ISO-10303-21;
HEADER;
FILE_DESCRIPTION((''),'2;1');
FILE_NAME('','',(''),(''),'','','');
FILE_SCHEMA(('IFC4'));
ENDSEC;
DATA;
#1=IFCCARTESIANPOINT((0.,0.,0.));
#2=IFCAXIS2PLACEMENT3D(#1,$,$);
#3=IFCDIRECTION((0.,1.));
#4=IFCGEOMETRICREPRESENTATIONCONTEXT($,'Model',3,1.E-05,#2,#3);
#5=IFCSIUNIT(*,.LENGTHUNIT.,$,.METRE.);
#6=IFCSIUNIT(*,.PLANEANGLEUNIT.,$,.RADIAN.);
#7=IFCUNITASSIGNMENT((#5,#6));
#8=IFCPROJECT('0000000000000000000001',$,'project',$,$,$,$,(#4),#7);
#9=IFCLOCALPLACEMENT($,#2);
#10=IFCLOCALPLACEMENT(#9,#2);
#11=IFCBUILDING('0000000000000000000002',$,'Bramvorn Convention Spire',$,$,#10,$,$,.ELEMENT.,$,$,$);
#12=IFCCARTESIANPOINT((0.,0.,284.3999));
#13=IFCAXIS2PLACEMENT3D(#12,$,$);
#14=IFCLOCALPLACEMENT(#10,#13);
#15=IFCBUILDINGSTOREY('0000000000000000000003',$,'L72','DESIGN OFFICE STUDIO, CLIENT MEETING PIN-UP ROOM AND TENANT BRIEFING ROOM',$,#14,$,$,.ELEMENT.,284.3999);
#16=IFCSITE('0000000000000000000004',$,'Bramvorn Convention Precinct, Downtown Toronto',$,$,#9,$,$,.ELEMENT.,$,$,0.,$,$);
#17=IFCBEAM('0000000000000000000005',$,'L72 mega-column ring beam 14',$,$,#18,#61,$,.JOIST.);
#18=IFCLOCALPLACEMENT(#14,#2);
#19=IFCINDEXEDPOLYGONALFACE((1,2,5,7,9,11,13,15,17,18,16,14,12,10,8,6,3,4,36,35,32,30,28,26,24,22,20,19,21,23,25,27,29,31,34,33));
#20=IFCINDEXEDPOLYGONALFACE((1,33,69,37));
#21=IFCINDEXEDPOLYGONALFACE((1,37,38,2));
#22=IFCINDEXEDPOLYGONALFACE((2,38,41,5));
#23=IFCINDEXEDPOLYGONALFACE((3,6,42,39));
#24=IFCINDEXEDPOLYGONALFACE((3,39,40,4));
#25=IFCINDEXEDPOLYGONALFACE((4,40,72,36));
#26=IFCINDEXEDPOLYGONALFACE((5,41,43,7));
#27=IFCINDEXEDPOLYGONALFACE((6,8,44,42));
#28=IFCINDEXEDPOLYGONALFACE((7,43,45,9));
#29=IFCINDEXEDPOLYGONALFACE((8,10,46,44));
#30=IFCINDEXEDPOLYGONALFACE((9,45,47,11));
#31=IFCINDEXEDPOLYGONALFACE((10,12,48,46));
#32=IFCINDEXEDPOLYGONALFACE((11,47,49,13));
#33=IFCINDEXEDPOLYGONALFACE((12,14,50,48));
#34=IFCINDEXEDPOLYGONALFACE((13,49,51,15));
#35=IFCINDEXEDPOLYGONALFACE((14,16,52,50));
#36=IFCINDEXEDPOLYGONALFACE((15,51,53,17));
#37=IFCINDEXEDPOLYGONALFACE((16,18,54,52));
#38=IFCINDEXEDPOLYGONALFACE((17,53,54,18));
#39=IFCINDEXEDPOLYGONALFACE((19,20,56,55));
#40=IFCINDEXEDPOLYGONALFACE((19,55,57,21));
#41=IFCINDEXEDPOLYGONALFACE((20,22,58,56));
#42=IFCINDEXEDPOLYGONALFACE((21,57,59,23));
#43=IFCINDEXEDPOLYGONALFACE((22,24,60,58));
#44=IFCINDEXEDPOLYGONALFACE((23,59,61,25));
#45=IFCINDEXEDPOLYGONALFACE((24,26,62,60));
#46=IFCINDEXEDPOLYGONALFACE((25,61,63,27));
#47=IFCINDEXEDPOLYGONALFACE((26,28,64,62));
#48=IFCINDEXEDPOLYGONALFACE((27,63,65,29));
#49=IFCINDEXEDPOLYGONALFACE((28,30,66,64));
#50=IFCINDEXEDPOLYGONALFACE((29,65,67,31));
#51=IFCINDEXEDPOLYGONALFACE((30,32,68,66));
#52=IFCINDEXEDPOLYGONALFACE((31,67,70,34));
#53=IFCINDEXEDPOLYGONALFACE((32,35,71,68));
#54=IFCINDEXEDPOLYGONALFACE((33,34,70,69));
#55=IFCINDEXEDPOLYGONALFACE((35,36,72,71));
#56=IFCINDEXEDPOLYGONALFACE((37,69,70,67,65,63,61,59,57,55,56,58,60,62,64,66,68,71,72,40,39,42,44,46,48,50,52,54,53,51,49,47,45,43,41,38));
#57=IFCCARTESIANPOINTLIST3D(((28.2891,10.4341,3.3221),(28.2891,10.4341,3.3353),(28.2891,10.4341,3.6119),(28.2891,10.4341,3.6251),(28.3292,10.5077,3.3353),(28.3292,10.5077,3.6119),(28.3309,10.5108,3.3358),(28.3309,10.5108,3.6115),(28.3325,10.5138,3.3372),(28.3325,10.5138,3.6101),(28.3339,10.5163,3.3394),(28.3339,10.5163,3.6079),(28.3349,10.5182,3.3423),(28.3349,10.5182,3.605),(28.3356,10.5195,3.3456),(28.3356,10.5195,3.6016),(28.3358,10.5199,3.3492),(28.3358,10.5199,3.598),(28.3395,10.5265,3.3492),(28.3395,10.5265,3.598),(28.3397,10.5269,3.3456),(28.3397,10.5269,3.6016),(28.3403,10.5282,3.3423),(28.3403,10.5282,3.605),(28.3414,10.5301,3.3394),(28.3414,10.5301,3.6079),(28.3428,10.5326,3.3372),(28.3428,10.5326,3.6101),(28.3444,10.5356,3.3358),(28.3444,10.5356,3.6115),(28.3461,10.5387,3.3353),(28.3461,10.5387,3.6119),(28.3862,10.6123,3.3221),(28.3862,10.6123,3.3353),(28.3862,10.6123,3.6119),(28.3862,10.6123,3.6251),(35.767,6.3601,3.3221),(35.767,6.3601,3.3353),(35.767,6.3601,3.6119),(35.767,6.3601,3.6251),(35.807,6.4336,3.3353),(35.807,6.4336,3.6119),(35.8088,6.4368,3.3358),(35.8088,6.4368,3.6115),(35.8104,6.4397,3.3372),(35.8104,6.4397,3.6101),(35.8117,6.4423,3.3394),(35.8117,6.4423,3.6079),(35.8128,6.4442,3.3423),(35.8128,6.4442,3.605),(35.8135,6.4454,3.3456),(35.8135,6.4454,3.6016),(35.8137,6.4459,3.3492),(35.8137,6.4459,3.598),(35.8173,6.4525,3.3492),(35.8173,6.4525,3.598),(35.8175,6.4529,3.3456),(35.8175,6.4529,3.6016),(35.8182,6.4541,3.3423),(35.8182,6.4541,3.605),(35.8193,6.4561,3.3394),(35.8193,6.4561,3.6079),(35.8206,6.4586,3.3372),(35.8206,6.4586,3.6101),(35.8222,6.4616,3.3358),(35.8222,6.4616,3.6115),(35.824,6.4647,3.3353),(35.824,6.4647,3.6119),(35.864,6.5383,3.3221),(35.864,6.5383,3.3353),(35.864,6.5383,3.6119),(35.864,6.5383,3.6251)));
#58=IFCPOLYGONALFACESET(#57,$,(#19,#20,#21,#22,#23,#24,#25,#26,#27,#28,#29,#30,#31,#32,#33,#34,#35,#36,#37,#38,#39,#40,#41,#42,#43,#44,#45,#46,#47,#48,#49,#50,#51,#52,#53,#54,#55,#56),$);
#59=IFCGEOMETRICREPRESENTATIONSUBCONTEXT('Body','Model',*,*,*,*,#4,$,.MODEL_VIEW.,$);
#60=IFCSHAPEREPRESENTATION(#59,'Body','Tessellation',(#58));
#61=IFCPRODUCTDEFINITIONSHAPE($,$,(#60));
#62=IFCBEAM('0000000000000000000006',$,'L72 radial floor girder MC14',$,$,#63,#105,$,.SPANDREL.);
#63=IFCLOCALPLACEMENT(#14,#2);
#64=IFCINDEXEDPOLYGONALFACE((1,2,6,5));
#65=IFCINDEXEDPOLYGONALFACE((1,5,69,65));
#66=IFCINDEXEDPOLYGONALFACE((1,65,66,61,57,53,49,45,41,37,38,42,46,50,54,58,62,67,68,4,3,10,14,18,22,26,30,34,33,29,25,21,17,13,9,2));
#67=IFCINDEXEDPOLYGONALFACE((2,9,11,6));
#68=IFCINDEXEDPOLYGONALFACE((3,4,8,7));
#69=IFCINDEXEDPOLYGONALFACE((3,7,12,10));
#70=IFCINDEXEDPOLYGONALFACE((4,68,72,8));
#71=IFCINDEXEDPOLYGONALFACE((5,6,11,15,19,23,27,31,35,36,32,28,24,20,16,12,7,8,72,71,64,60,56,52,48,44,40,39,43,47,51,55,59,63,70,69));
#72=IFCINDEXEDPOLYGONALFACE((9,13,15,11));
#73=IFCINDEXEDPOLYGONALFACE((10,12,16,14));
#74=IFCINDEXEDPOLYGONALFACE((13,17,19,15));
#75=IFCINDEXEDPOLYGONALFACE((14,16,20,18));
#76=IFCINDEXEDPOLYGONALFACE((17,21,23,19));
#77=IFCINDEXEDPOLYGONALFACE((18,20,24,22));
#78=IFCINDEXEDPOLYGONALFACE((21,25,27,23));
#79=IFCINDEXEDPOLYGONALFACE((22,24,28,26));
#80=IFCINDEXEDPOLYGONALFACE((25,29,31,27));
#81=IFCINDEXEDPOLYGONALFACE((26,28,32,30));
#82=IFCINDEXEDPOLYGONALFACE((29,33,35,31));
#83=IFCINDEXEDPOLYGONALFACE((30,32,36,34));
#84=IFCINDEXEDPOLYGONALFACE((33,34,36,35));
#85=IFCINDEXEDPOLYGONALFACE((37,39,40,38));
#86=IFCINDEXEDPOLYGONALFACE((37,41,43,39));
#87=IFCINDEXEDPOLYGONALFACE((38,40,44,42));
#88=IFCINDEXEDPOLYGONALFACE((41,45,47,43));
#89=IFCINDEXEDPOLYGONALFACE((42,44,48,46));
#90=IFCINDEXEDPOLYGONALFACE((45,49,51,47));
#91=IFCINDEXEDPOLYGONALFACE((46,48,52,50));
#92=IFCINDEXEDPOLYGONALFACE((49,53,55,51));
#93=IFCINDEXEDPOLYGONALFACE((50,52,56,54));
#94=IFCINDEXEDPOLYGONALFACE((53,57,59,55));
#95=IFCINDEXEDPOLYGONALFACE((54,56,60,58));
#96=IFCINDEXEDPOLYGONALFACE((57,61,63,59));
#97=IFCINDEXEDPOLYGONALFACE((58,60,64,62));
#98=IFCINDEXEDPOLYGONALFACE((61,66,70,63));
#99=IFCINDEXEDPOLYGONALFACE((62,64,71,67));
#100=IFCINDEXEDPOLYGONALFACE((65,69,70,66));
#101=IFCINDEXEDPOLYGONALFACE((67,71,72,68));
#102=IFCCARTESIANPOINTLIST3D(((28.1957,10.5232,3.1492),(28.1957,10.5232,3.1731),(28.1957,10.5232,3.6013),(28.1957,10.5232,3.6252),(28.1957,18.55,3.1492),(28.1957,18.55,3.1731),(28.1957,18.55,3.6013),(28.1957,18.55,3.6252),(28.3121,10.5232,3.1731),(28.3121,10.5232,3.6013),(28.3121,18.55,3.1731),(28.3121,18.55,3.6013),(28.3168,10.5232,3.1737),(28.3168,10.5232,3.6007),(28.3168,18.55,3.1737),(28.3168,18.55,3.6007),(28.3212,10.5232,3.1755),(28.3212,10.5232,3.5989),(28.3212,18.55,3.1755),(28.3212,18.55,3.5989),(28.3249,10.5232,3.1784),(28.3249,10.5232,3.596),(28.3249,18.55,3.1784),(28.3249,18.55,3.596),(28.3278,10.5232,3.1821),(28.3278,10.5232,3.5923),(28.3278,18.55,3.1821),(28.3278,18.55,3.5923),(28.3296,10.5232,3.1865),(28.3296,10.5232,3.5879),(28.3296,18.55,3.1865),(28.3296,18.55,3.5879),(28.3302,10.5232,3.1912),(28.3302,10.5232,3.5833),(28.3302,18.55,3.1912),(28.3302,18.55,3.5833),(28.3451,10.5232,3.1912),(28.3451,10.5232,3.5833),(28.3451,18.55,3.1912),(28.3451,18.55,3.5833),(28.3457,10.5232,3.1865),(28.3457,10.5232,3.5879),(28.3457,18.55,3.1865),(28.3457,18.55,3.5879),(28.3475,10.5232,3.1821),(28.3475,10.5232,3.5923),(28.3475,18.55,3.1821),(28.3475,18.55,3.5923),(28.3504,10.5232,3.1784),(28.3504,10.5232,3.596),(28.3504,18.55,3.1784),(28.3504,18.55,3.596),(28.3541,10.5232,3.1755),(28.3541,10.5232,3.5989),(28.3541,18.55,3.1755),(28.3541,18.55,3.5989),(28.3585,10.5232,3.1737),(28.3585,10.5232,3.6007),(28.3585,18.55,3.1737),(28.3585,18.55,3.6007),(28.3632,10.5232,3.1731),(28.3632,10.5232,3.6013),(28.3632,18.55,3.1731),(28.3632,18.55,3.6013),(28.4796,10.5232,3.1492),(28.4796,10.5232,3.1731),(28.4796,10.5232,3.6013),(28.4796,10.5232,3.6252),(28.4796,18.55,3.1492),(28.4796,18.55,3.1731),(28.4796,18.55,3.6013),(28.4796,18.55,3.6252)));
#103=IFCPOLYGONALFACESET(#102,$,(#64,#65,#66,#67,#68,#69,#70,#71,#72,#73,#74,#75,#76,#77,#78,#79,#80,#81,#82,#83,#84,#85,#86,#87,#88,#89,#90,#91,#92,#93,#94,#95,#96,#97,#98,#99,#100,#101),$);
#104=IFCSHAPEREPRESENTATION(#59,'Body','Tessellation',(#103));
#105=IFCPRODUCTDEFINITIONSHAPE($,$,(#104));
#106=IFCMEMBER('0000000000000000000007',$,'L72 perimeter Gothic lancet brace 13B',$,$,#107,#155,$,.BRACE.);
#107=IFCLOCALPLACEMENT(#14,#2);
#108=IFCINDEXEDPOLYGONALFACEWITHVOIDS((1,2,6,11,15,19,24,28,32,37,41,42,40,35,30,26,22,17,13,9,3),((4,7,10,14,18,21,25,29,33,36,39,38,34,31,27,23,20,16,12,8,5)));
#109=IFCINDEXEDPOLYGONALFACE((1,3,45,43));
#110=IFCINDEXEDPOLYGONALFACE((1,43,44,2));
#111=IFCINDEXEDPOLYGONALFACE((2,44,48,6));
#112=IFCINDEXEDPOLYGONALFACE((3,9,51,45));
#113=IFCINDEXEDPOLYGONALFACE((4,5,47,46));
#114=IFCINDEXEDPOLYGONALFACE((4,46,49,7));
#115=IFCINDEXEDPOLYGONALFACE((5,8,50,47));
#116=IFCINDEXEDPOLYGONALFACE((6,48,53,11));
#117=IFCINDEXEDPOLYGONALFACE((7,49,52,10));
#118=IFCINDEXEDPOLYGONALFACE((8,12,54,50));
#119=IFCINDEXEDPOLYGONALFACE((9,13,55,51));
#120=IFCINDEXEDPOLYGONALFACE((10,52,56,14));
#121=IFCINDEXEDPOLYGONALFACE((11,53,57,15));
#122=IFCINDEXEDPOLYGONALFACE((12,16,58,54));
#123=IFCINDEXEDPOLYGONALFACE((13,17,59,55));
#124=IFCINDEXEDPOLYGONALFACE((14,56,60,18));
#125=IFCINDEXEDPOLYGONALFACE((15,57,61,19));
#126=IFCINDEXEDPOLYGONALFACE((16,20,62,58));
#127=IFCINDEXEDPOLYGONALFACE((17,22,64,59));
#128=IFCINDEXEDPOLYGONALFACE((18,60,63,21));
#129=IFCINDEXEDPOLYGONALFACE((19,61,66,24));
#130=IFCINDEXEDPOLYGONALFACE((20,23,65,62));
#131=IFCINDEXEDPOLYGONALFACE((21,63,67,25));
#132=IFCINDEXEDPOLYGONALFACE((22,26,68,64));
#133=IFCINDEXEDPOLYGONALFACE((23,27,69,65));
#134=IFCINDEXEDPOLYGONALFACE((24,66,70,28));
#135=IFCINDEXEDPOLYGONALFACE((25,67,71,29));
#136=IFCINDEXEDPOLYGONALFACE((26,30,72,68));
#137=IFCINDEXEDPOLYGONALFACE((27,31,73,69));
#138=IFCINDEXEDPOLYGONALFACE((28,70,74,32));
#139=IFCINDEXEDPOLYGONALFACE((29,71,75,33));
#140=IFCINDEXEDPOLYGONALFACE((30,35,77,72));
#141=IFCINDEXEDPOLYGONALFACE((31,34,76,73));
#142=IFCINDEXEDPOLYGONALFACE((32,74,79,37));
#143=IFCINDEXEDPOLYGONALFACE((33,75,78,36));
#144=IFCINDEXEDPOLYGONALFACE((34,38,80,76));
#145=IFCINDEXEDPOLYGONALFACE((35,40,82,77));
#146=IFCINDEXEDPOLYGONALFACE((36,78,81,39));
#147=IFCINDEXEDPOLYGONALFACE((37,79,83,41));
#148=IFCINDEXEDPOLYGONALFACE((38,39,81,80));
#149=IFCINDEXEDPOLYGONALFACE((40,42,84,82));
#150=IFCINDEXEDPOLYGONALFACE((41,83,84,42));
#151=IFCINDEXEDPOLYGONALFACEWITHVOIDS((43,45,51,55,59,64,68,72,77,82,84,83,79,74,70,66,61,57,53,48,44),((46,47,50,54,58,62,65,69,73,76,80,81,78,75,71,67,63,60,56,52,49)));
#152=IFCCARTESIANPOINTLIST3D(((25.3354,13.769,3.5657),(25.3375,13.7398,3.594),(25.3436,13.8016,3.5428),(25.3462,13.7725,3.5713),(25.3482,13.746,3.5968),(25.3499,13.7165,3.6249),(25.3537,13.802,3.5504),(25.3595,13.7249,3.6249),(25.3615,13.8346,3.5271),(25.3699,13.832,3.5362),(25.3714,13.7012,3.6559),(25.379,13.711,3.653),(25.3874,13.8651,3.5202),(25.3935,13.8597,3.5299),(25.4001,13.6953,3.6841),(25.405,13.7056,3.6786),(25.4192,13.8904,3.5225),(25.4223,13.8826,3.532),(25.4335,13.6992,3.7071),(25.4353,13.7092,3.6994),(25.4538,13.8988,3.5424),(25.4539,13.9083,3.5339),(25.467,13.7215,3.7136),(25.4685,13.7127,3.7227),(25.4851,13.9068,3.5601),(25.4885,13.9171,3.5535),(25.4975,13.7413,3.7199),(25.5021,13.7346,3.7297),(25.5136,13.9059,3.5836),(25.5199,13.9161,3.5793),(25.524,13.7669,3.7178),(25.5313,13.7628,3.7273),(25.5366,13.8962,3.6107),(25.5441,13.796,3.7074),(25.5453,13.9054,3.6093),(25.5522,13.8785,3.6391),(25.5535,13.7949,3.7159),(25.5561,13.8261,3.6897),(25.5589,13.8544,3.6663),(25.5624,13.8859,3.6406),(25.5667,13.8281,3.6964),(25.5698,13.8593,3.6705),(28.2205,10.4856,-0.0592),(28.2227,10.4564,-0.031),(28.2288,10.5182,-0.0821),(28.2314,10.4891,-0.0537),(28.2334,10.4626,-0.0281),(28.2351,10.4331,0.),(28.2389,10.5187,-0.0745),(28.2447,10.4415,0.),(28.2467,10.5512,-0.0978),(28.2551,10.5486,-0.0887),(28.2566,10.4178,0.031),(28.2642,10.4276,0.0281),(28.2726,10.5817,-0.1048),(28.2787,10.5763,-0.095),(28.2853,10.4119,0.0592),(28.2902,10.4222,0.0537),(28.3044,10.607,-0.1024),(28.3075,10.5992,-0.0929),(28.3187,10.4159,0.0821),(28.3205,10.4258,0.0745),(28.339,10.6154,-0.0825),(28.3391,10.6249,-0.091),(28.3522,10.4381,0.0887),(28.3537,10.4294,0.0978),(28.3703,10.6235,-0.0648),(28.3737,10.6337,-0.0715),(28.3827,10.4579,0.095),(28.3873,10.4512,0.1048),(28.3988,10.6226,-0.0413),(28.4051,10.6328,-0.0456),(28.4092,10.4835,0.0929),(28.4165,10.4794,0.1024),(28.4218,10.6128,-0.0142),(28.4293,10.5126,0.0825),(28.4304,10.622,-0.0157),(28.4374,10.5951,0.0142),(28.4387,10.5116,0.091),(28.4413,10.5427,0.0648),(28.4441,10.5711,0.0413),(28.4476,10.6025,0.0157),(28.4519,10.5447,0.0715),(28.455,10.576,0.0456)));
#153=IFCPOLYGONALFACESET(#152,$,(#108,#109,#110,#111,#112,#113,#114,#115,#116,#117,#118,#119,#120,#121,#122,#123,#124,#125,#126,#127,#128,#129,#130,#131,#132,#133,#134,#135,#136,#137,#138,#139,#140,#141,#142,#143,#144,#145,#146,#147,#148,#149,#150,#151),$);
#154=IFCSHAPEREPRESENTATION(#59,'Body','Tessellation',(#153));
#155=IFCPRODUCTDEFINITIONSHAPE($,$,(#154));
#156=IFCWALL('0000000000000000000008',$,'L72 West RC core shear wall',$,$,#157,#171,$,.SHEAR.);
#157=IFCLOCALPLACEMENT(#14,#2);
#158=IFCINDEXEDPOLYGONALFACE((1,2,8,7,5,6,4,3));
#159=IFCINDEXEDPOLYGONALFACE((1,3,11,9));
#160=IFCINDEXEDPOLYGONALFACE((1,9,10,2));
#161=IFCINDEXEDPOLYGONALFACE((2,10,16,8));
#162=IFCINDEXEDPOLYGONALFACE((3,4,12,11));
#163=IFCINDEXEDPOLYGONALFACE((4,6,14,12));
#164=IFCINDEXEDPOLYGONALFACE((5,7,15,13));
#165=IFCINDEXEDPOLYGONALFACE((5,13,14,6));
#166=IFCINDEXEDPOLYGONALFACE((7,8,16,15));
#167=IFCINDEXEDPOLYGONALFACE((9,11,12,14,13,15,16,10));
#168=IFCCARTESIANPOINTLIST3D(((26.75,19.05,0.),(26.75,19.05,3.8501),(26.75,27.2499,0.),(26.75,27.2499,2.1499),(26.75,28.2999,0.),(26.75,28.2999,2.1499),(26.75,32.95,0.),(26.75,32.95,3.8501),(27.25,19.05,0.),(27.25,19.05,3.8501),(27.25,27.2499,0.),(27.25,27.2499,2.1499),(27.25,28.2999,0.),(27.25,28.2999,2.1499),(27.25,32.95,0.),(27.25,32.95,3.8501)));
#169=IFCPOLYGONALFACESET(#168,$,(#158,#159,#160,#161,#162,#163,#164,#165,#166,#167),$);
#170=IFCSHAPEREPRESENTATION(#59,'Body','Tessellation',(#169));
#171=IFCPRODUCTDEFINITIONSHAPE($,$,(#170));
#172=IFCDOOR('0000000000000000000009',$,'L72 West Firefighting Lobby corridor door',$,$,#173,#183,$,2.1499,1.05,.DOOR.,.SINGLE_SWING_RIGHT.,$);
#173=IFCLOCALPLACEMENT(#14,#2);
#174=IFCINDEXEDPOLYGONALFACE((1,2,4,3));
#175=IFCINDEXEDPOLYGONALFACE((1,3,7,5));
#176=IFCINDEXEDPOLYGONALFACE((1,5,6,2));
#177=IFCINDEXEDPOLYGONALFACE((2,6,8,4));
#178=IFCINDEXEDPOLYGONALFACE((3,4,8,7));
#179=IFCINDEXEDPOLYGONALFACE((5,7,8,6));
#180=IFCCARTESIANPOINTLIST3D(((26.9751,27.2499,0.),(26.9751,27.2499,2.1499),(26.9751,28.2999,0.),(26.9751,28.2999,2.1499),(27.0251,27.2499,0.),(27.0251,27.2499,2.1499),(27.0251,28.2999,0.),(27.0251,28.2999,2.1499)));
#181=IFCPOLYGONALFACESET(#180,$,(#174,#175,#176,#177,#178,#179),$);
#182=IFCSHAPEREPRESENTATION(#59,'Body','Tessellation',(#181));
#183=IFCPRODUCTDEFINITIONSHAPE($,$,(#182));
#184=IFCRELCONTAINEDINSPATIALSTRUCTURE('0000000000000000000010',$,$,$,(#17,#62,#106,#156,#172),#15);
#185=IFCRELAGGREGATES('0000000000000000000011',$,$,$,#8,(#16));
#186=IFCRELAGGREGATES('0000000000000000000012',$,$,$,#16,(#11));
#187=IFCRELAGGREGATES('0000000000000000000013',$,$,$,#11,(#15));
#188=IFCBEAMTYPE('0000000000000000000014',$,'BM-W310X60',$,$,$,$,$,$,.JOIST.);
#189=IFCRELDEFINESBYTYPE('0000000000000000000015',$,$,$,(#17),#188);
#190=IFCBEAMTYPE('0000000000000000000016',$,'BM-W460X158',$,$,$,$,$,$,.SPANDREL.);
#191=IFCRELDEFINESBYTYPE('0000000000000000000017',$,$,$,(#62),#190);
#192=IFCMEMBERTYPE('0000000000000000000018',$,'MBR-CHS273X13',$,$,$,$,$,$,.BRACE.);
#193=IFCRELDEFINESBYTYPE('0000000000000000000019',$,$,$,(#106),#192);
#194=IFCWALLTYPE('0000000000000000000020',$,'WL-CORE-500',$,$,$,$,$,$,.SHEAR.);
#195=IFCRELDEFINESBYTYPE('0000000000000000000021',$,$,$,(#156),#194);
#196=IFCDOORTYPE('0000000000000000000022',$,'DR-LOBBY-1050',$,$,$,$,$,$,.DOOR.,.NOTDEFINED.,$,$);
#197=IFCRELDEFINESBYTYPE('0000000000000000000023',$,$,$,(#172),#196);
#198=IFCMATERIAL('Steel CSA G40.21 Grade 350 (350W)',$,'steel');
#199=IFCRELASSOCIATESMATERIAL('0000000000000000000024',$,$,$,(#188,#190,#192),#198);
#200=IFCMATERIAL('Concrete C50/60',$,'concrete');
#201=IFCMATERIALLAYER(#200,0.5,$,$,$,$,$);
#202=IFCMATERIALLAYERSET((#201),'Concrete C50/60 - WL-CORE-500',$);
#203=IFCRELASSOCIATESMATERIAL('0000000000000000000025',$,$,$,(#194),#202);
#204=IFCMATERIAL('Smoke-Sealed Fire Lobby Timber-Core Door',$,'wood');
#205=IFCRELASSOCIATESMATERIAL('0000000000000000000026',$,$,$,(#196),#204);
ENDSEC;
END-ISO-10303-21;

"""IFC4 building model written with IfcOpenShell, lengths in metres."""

from ifc_helpers import new_model, si_unit, direction, frame, frame_2d, origin, origin_2d, place, context, subcontext, project, spatial, rectangle, hollow_circle, i_section, extrude, material, layer, layer_set, material_profile, profile_set, type_object, element, fill, save


model = new_model("IFC4")

# Units and contexts
model_context = context("Model", 3, precision=1e-05, world=origin(), true_north=direction((0.0, 1.0)))
body_context = subcontext(model_context, "Body", "Model", "MODEL_VIEW")
ifc_project = project(units=[si_unit("LENGTHUNIT", "METRE"), si_unit("PLANEANGLEUNIT", "RADIAN")], contexts=[model_context])

# Site, building, storey
site_placement = place(None, origin())
site = spatial("IfcSite", under=ifc_project, at=site_placement, Name="Bramvorn Convention Precinct, Downtown Toronto", CompositionType="ELEMENT", RefElevation=0.0)
building_placement = place(site_placement, origin())
building = spatial("IfcBuilding", under=site, at=building_placement, Name="Bramvorn Convention Spire", CompositionType="ELEMENT")
storey_placement = place(building_placement, frame((0.0, 0.0, 284.3999)))
storey = spatial("IfcBuildingStorey", under=building, at=storey_placement, Name="L72", Description="DESIGN OFFICE STUDIO, CLIENT MEETING PIN-UP ROOM AND TENANT BRIEFING ROOM", CompositionType="ELEMENT", Elevation=284.3999)

# Shared definitions
ifc_material_1 = material(Name="Steel CSA G40.21 Grade 350 (350W)", Category="steel")

# Beams
ifc_material_profile_1 = material_profile(ifc_material_1, i_section(OverallWidth=0.2029, OverallDepth=0.303, WebThickness=0.0076, FlangeThickness=0.0132, FilletRadius=0.0139, at=origin_2d()))
ifc_profile_set_1 = profile_set([ifc_material_profile_1], Name="Steel CSA G40.21 Grade 350 (350W) - W310X60")
beam_type_1 = type_object("IfcBeamType", Name="BM-W310X60", PredefinedType="JOIST", material=ifc_profile_set_1)
beam_1_placement = place(storey_placement, frame((28.3376, 10.5232, 3.4736), z_axis=(0.878133, -0.478416, 0.0), x_axis=(0.478416, 0.878133, 0.0)))
element("IfcBeam", 1, at=beam_1_placement, inside=storey, type_object=beam_type_1, Name="L72 mega-column ring beam 14", PredefinedType="JOIST", context=body_context, shape_type="SweptSolid", body=[
    extrude(i_section(OverallWidth=0.2029, OverallDepth=0.303, WebThickness=0.0076, FlangeThickness=0.0132, FilletRadius=0.0139, at=origin_2d()), origin(), (0.0, 0.0, 1.0), 8.5156),
])
ifc_material_profile_2 = material_profile(ifc_material_1, i_section(OverallWidth=0.2839, OverallDepth=0.4761, WebThickness=0.0149, FlangeThickness=0.0239, FilletRadius=0.0181, at=origin_2d()))
ifc_profile_set_2 = profile_set([ifc_material_profile_2], Name="Steel CSA G40.21 Grade 350 (350W) - W460X158")
beam_type_2 = type_object("IfcBeamType", Name="BM-W460X158", PredefinedType="SPANDREL", material=ifc_profile_set_2)
beam_2_placement = place(storey_placement, frame((28.3376, 18.55, 3.3872), z_axis=(0.0, -1.0, 0.0), x_axis=(1.0, 0.0, 0.0)))
element("IfcBeam", 2, at=beam_2_placement, inside=storey, type_object=beam_type_2, Name="L72 radial floor girder MC14", PredefinedType="SPANDREL", context=body_context, shape_type="SweptSolid", body=[
    extrude(i_section(OverallWidth=0.2839, OverallDepth=0.4761, WebThickness=0.0149, FlangeThickness=0.0239, FilletRadius=0.0181, at=origin_2d()), origin(), (0.0, 0.0, 1.0), 8.0269),
])

# Member
ifc_material_profile_3 = material_profile(ifc_material_1, hollow_circle(Radius=0.1365, WallThickness=0.0127, at=origin_2d()))
ifc_profile_set_3 = profile_set([ifc_material_profile_3], Name="Steel CSA G40.21 Grade 350 (350W) - CHS273X13")
member_type = type_object("IfcMemberType", Name="MBR-CHS273X13", PredefinedType="BRACE", material=ifc_profile_set_3)
member_placement = place(storey_placement, frame((28.3376, 10.5232, 0.0), z_axis=(-0.508094, 0.578216, 0.638363), x_axis=(-0.751188, -0.660089, 0.0)))
element("IfcMember", 3, at=member_placement, inside=storey, type_object=member_type, Name="L72 perimeter Gothic lancet brace 13B", PredefinedType="BRACE", context=body_context, shape_type="SweptSolid", body=[
    extrude(hollow_circle(Radius=0.1365, WallThickness=0.0127, at=origin_2d()), origin(), (0.0, 0.0, 1.0), 5.6785),
])

# Wall, opening, door
ifc_material_2 = material(Name="Concrete C50/60", Category="concrete")
ifc_layer_1 = layer(ifc_material_2, 0.5)
ifc_layer_set_1 = layer_set([ifc_layer_1], Name="Concrete C50/60 - WL-CORE-500")
wall_type_1 = type_object("IfcWallType", Name="WL-CORE-500", PredefinedType="SHEAR", material=ifc_layer_set_1)
wall_1_placement = place(storey_placement, frame((27.0, 19.05, 0.0), z_axis=(0.0, 0.0, 1.0), x_axis=(0.0, 1.0, 0.0)))
wall_1 = element("IfcWall", 4, at=wall_1_placement, inside=storey, type_object=wall_type_1, Name="L72 West RC core shear wall", PredefinedType="SHEAR", context=body_context, shape_type="SweptSolid", body=[
    extrude(rectangle(XDim=13.8999, YDim=0.5, at=frame_2d((6.95, 0.0))), origin(), (0.0, 0.0, 1.0), 3.8501),
])
opening_placement = place(wall_1_placement, frame((8.2, 0.0, 0.0)))
opening = element("IfcOpeningElement", 5, at=opening_placement, cuts=wall_1, PredefinedType="OPENING", context=body_context, shape_type="SweptSolid", body=[
    extrude(rectangle(XDim=1.05, YDim=2.1499, at=frame_2d((0.5249, 1.075))), frame((0.0, 0.26, 0.0), z_axis=(0.0, -1.0, 0.0), x_axis=(1.0, 0.0, 0.0)), (0.0, 0.0, 1.0), 0.52),
])
ifc_material_3 = material(Name="Smoke-Sealed Fire Lobby Timber-Core Door", Category="wood")
door_type = type_object("IfcDoorType", Name="DR-LOBBY-1050", OperationType="NOTDEFINED", PredefinedType="DOOR", material=ifc_material_3)
door_placement = place(opening_placement, origin())
door = element("IfcDoor", 6, at=door_placement, inside=storey, type_object=door_type, Name="L72 West Firefighting Lobby corridor door", OperationType="SINGLE_SWING_RIGHT", OverallHeight=2.1499, OverallWidth=1.05, PredefinedType="DOOR", context=body_context, shape_type="SweptSolid", body=[
    extrude(rectangle(XDim=1.05, YDim=2.1499, at=frame_2d((0.5249, 1.075))), frame((0.0, 0.0249, 0.0), z_axis=(0.0, -1.0, 0.0), x_axis=(1.0, 0.0, 0.0)), (0.0, 0.0, 1.0), 0.05),
])
fill(opening, door)

save(model, "model.ifc")
